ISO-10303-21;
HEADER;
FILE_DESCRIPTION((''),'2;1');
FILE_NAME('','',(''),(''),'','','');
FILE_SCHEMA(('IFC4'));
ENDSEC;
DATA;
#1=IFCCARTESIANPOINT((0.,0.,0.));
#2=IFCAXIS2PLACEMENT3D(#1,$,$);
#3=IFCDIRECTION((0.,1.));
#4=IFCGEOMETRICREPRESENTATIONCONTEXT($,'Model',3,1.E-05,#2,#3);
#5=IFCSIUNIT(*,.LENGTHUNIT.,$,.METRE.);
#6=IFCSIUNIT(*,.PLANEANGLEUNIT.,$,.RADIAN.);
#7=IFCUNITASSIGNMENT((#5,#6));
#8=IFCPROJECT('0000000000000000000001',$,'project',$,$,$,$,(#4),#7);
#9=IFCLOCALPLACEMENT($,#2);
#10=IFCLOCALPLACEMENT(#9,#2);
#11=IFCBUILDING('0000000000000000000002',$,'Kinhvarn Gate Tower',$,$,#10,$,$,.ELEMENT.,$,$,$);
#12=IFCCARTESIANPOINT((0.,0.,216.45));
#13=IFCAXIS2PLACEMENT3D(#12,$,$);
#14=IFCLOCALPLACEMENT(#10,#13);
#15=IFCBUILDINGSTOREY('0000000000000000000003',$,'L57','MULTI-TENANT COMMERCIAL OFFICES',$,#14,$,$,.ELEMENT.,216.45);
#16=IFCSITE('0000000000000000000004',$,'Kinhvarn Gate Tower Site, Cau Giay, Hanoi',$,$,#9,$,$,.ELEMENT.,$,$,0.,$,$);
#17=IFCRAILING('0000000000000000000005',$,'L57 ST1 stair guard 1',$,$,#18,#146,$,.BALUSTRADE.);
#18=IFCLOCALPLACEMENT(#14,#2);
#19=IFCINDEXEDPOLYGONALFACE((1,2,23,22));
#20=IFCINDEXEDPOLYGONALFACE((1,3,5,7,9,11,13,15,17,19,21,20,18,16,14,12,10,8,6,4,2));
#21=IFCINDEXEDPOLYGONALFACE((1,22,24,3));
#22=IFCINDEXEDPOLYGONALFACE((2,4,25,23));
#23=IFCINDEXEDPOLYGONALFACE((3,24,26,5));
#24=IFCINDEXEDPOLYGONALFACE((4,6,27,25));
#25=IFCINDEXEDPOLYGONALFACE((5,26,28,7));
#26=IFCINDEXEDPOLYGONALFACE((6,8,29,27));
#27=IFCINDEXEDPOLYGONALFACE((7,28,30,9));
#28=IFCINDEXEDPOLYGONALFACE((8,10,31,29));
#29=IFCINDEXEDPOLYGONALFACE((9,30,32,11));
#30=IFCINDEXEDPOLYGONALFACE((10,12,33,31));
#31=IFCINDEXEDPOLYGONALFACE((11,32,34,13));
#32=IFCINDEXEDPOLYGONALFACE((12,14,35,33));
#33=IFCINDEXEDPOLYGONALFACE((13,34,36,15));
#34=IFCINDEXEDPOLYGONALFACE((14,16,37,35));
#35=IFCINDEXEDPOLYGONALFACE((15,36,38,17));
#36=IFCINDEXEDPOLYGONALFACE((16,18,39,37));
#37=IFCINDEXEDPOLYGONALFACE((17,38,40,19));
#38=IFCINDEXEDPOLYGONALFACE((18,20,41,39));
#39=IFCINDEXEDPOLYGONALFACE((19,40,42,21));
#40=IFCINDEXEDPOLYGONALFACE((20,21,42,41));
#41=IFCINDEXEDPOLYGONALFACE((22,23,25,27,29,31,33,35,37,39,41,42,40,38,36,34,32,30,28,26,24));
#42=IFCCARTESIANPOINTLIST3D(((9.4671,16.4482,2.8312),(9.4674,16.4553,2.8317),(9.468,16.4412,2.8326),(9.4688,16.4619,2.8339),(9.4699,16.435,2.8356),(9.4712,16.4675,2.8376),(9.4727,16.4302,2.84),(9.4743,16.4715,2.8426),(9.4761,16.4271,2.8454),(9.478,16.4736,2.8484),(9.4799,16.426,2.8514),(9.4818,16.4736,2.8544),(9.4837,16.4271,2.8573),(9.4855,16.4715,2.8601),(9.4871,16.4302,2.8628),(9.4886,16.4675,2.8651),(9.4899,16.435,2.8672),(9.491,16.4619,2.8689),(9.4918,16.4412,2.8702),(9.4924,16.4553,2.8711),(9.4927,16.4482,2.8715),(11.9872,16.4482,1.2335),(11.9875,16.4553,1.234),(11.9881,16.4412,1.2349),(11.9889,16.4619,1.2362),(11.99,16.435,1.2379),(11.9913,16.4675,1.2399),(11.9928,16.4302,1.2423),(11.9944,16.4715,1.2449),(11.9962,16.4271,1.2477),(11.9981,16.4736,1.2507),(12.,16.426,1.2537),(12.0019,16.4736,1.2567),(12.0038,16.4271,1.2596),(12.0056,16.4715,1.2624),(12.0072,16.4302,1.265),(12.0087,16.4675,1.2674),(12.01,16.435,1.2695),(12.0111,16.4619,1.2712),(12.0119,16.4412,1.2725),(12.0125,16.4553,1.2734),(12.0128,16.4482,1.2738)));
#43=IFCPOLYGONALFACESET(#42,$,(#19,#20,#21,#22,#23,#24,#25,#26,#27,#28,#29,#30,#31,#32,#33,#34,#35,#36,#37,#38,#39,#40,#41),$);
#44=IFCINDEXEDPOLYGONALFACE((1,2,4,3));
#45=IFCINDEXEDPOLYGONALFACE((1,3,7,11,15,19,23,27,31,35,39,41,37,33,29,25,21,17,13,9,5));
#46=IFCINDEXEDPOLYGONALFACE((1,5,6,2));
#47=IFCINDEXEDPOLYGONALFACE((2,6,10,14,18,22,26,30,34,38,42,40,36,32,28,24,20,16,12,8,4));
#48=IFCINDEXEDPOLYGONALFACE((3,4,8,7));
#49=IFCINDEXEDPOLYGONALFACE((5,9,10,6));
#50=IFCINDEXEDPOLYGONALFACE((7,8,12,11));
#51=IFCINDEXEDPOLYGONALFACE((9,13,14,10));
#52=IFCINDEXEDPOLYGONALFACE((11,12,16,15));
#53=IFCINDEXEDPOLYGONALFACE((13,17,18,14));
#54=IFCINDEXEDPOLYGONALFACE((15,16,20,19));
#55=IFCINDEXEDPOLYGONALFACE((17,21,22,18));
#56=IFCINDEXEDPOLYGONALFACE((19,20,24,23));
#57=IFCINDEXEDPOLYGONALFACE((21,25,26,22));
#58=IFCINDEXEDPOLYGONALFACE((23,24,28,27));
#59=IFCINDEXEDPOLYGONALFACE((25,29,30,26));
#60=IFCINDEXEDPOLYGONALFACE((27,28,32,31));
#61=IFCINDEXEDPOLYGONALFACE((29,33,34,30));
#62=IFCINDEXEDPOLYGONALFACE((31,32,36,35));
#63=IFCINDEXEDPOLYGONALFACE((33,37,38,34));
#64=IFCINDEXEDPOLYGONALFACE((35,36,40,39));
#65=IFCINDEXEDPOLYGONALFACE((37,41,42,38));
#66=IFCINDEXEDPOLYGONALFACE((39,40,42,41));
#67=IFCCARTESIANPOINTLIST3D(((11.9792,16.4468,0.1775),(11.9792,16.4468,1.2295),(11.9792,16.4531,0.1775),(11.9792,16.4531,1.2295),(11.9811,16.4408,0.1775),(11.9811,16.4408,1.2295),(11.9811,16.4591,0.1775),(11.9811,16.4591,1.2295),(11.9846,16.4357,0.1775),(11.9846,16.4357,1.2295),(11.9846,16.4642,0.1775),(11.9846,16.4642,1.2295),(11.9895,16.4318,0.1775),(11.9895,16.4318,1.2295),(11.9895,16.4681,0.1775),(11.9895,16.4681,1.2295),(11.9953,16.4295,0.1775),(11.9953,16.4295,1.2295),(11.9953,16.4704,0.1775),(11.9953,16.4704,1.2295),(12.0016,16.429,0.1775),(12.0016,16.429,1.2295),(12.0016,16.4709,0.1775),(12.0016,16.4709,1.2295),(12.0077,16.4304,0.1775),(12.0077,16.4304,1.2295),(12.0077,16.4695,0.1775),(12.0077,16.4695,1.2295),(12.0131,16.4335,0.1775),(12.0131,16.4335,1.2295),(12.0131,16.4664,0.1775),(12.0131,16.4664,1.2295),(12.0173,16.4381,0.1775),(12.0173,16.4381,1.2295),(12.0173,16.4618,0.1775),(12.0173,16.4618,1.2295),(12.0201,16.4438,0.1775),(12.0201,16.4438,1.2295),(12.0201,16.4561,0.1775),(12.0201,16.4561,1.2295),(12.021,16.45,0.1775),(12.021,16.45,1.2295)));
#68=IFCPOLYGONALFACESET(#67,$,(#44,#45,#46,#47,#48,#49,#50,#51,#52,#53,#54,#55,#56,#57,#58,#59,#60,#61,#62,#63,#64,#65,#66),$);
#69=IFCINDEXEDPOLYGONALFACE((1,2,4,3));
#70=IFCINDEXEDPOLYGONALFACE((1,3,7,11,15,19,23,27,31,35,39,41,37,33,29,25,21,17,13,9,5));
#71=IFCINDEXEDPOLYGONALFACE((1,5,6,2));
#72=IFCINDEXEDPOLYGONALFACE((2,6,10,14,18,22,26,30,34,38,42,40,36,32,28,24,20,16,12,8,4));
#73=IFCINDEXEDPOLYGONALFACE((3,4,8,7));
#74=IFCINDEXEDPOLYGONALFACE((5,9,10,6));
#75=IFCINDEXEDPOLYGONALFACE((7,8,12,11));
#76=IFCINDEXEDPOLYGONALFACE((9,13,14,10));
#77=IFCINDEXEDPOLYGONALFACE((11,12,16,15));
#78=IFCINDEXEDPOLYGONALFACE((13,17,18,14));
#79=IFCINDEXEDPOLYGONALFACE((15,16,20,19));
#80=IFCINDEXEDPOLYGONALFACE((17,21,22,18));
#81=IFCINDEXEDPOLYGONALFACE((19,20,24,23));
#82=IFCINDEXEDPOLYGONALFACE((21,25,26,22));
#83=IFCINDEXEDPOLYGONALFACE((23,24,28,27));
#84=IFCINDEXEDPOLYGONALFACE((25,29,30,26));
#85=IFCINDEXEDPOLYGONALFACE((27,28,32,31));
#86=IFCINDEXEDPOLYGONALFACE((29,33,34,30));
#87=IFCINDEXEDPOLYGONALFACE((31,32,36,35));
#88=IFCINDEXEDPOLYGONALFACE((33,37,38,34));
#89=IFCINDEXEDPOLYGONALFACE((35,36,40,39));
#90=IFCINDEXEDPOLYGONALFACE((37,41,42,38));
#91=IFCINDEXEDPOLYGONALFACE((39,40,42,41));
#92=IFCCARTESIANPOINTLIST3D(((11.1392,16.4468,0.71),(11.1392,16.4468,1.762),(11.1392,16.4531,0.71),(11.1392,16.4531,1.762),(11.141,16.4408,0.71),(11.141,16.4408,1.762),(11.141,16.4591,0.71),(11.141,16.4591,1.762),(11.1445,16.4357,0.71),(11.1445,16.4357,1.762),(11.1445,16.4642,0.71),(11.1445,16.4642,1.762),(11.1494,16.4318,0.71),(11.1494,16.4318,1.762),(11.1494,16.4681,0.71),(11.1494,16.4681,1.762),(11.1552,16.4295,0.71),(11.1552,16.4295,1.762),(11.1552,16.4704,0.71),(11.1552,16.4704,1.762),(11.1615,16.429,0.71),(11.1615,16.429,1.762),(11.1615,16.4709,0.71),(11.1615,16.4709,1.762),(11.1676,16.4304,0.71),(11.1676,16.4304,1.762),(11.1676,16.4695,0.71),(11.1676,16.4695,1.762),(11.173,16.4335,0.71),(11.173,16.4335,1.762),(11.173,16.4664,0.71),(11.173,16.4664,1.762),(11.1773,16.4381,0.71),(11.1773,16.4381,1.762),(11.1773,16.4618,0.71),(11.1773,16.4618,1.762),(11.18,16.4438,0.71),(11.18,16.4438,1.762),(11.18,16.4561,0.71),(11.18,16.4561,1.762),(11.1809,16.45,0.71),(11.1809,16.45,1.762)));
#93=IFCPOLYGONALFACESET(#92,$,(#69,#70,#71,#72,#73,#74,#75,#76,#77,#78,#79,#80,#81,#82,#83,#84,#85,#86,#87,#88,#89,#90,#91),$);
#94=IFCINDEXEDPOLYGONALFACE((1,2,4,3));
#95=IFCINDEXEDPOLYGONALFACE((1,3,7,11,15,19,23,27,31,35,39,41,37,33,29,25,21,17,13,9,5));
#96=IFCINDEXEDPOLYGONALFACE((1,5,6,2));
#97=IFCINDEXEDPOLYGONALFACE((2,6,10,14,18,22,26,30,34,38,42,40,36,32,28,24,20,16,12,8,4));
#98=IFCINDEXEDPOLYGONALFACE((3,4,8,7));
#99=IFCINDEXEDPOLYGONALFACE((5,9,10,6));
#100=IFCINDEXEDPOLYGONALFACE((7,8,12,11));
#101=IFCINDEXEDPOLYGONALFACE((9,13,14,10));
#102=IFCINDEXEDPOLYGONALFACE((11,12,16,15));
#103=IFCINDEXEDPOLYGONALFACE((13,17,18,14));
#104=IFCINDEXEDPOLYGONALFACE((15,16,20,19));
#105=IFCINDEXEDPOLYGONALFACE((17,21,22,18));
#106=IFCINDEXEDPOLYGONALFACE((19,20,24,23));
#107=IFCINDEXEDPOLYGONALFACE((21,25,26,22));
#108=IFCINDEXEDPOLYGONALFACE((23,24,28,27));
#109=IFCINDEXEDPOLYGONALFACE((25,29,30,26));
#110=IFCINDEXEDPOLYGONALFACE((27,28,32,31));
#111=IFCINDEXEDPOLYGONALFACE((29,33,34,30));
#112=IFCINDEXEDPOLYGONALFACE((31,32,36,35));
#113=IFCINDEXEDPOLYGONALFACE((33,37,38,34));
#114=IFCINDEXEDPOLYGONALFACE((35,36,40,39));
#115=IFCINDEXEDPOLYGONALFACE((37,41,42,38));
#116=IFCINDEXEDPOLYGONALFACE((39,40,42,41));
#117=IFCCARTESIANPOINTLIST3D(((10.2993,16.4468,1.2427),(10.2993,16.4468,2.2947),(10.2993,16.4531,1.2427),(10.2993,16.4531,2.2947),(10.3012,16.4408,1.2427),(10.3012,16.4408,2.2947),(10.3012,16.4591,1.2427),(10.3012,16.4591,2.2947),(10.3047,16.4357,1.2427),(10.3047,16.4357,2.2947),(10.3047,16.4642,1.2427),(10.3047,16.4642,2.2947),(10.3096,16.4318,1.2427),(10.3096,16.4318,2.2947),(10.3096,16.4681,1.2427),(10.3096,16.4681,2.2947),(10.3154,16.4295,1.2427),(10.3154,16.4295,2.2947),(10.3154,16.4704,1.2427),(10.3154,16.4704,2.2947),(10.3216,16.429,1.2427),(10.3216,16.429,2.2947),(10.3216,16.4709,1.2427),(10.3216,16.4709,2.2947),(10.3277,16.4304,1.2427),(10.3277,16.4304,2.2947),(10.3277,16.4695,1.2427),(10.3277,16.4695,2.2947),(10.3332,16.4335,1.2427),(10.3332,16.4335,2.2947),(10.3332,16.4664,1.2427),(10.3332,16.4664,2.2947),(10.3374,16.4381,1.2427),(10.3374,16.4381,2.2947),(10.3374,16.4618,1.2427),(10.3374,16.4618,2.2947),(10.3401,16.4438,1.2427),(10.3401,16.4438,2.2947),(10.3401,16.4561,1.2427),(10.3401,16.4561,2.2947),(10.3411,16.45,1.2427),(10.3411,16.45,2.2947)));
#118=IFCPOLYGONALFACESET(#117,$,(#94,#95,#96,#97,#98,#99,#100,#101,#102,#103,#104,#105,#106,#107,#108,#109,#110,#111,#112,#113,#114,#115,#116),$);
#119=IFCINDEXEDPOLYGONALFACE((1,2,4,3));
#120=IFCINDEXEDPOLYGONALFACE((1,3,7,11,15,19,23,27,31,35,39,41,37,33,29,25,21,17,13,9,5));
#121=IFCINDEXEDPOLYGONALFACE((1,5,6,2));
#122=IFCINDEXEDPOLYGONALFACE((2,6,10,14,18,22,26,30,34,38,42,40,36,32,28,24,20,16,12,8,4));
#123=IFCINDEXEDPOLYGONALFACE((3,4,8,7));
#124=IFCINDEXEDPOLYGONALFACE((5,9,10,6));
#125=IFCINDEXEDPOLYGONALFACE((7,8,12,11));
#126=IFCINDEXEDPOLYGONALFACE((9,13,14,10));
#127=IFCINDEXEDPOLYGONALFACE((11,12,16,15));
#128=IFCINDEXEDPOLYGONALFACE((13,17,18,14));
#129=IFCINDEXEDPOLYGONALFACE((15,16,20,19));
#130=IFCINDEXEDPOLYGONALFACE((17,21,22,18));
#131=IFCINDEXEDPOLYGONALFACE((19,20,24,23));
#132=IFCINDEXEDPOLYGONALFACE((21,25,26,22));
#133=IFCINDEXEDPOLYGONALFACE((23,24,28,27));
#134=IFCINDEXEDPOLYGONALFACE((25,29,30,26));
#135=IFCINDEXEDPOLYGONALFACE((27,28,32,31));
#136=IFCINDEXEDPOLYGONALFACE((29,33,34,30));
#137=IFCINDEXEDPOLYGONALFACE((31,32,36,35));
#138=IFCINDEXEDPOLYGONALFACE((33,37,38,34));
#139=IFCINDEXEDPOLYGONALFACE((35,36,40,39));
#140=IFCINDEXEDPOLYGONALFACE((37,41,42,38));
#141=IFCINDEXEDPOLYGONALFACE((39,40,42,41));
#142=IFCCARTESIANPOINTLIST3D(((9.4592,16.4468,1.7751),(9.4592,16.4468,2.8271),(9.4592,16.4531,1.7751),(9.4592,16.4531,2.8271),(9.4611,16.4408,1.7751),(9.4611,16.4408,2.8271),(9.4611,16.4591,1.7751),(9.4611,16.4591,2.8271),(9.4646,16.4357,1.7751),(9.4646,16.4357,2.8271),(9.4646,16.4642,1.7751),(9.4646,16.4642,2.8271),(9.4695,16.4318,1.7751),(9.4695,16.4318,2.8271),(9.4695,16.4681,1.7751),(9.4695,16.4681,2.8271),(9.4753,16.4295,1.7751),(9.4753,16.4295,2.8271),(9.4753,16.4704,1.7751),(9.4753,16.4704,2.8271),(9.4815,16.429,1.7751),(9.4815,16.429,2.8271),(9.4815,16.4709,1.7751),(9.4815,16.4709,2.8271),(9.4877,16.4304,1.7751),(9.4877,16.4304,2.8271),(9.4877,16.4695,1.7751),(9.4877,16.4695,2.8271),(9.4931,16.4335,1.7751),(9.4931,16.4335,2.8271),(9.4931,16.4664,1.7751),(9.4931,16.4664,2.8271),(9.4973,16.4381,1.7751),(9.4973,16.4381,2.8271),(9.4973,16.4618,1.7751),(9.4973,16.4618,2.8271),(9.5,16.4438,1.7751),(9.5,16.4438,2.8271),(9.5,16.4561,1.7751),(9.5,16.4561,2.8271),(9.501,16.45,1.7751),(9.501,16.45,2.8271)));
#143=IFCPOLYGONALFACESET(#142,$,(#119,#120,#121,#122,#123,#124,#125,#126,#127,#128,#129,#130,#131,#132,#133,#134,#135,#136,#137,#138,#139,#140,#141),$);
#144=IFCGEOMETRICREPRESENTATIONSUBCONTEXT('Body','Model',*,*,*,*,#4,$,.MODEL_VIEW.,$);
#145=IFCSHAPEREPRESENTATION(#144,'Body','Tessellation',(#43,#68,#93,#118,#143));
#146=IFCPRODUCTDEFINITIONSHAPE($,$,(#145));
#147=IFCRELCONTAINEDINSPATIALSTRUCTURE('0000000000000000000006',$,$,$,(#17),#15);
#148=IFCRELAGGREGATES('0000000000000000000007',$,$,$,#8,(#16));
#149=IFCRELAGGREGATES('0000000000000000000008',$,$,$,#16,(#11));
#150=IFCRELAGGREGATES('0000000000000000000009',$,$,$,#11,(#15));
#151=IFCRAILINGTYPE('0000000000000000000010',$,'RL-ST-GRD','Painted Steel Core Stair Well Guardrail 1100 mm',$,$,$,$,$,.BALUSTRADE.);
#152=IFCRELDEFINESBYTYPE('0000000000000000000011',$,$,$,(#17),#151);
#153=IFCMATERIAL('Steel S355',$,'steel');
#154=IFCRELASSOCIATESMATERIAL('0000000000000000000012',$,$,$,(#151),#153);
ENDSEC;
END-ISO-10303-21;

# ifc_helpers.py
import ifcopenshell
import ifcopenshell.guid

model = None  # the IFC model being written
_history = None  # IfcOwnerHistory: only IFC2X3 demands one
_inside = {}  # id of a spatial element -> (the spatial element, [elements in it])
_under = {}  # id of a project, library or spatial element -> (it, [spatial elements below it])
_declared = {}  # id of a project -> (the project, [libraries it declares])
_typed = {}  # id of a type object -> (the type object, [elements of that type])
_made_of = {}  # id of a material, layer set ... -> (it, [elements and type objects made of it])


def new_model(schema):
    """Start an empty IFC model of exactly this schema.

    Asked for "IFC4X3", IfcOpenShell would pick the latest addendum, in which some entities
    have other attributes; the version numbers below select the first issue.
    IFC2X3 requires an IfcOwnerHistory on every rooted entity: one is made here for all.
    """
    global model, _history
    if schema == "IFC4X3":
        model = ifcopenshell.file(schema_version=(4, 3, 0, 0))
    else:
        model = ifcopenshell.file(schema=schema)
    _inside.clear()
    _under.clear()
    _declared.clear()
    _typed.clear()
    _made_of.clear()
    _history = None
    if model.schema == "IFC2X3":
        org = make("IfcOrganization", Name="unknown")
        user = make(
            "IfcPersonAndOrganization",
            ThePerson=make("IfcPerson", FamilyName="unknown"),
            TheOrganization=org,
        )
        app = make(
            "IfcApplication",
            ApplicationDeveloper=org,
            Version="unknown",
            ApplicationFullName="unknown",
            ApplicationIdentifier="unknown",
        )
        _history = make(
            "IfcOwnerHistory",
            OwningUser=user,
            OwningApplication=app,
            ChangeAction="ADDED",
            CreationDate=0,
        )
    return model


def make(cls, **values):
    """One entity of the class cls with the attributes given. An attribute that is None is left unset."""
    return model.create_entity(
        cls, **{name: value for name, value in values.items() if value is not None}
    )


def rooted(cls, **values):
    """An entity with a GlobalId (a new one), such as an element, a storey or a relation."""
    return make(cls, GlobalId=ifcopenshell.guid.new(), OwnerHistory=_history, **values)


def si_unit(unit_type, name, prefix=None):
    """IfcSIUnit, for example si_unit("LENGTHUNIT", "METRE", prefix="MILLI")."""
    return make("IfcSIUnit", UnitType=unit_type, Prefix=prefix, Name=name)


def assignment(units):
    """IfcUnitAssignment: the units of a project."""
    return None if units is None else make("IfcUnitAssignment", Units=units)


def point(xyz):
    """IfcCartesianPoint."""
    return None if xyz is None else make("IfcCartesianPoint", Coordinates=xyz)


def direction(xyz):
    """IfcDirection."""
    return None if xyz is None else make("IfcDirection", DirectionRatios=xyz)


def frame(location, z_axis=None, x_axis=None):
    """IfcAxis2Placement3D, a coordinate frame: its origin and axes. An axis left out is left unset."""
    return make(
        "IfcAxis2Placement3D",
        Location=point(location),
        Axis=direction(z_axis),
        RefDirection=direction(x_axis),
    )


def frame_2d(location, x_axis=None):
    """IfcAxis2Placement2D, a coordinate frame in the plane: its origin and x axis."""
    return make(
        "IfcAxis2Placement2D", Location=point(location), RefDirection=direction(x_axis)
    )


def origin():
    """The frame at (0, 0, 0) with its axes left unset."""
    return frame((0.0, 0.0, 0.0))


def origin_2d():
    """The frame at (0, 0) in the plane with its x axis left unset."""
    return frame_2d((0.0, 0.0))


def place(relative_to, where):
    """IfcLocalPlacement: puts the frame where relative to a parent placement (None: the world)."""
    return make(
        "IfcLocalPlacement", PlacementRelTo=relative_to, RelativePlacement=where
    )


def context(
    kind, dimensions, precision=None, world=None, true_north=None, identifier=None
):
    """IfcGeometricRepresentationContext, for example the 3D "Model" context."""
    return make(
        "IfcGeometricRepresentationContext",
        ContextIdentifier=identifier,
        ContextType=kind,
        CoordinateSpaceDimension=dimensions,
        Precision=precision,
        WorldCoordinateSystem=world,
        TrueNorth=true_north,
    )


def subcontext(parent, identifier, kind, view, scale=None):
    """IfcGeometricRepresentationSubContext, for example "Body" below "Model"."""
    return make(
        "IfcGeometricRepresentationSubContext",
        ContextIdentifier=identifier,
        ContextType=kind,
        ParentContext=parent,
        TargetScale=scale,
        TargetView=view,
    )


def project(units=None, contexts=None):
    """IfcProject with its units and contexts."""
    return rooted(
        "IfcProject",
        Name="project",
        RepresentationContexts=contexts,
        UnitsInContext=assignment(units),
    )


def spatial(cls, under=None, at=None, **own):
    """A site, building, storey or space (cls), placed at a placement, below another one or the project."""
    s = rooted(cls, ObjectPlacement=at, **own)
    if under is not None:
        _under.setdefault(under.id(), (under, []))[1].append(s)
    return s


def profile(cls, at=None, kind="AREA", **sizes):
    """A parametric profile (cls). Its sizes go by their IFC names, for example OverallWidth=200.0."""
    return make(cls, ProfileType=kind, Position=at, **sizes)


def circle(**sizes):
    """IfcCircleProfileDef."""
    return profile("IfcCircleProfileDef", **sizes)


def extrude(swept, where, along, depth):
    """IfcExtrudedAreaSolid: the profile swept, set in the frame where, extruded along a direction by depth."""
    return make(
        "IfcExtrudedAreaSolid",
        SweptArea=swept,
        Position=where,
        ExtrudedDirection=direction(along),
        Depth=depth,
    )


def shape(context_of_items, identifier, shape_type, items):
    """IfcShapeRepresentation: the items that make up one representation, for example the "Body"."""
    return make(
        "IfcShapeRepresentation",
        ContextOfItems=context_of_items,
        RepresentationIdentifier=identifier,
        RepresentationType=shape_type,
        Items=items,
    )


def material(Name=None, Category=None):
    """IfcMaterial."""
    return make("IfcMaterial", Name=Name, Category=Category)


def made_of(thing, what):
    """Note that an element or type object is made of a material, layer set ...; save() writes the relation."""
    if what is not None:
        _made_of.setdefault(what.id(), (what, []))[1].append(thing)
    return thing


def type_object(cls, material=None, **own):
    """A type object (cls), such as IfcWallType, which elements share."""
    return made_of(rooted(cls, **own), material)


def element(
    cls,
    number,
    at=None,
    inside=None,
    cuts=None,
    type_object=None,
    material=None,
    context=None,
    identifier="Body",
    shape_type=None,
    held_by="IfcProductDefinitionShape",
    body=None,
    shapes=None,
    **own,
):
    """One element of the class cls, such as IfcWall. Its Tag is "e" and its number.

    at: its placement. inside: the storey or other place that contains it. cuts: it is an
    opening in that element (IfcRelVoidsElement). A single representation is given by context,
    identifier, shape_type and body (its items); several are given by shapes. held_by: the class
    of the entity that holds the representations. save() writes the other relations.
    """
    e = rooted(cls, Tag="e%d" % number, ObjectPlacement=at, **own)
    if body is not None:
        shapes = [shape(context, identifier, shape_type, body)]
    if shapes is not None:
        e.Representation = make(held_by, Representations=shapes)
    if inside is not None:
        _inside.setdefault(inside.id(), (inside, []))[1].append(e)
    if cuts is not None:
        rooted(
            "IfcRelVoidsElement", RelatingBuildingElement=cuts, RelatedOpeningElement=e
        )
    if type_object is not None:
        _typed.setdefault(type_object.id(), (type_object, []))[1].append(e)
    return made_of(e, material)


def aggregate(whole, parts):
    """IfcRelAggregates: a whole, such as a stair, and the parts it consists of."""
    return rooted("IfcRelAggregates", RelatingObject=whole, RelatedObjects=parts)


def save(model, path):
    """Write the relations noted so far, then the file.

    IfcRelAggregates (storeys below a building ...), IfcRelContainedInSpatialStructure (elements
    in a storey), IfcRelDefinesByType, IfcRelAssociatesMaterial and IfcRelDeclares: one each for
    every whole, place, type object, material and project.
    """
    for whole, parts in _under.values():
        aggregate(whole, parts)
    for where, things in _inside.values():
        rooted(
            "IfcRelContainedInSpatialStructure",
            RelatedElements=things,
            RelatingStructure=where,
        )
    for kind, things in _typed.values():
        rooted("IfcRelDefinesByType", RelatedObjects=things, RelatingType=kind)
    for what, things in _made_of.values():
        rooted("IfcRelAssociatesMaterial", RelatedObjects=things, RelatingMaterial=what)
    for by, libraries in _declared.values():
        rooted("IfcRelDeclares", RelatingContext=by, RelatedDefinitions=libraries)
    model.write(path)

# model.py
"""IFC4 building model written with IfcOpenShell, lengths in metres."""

from ifc_helpers import new_model, si_unit, direction, frame, origin, origin_2d, place, context, subcontext, project, spatial, circle, extrude, material, type_object, element, save


model = new_model("IFC4")

# Units and contexts
model_context = context("Model", 3, precision=1e-05, world=origin(), true_north=direction((0.0, 1.0)))
body_context = subcontext(model_context, "Body", "Model", "MODEL_VIEW")
ifc_project = project(units=[si_unit("LENGTHUNIT", "METRE"), si_unit("PLANEANGLEUNIT", "RADIAN")], contexts=[model_context])

# Site, building, storey
site_placement = place(None, origin())
site = spatial("IfcSite", under=ifc_project, at=site_placement, Name="Kinhvarn Gate Tower Site, Cau Giay, Hanoi", CompositionType="ELEMENT", RefElevation=0.0)
building_placement = place(site_placement, origin())
building = spatial("IfcBuilding", under=site, at=building_placement, Name="Kinhvarn Gate Tower", CompositionType="ELEMENT")
storey_placement = place(building_placement, frame((0.0, 0.0, 216.45)))
storey = spatial("IfcBuildingStorey", under=building, at=storey_placement, Name="L57", Description="MULTI-TENANT COMMERCIAL OFFICES", CompositionType="ELEMENT", Elevation=216.45)

# Shared definitions
ifc_material_1 = material(Name="Steel S355", Category="steel")

# Railing
railing_type_1 = type_object("IfcRailingType", Name="RL-ST-GRD", Description="Painted Steel Core Stair Well Guardrail 1100 mm", PredefinedType="BALUSTRADE", material=ifc_material_1)
railing_1_placement = place(storey_placement, frame((12.0, 16.45, 0.1775)))
element("IfcRailing", 1, at=railing_1_placement, inside=storey, type_object=railing_type_1, Name="L57 ST1 stair guard 1", PredefinedType="BALUSTRADE", context=body_context, shape_type="SweptSolid", body=[
    extrude(circle(Radius=0.0239, at=origin_2d()), frame((0.0, 0.0, 1.0762), z_axis=(-0.84457, 0.0, 0.535445), x_axis=(0.0, -1.0, 0.0)), (0.0, 0.0, 1.0), 2.9839),
    extrude(circle(Radius=0.021, at=origin_2d()), origin(), (0.0, 0.0, 1.0), 1.052),
    extrude(circle(Radius=0.021, at=origin_2d()), frame((-0.8401, 0.0, 0.5325)), (0.0, 0.0, 1.0), 1.052),
    extrude(circle(Radius=0.021, at=origin_2d()), frame((-1.6799, 0.0, 1.0652)), (0.0, 0.0, 1.0), 1.052),
    extrude(circle(Radius=0.021, at=origin_2d()), frame((-2.52, 0.0, 1.5977)), (0.0, 0.0, 1.0), 1.052),
])

save(model, "model.ifc")
